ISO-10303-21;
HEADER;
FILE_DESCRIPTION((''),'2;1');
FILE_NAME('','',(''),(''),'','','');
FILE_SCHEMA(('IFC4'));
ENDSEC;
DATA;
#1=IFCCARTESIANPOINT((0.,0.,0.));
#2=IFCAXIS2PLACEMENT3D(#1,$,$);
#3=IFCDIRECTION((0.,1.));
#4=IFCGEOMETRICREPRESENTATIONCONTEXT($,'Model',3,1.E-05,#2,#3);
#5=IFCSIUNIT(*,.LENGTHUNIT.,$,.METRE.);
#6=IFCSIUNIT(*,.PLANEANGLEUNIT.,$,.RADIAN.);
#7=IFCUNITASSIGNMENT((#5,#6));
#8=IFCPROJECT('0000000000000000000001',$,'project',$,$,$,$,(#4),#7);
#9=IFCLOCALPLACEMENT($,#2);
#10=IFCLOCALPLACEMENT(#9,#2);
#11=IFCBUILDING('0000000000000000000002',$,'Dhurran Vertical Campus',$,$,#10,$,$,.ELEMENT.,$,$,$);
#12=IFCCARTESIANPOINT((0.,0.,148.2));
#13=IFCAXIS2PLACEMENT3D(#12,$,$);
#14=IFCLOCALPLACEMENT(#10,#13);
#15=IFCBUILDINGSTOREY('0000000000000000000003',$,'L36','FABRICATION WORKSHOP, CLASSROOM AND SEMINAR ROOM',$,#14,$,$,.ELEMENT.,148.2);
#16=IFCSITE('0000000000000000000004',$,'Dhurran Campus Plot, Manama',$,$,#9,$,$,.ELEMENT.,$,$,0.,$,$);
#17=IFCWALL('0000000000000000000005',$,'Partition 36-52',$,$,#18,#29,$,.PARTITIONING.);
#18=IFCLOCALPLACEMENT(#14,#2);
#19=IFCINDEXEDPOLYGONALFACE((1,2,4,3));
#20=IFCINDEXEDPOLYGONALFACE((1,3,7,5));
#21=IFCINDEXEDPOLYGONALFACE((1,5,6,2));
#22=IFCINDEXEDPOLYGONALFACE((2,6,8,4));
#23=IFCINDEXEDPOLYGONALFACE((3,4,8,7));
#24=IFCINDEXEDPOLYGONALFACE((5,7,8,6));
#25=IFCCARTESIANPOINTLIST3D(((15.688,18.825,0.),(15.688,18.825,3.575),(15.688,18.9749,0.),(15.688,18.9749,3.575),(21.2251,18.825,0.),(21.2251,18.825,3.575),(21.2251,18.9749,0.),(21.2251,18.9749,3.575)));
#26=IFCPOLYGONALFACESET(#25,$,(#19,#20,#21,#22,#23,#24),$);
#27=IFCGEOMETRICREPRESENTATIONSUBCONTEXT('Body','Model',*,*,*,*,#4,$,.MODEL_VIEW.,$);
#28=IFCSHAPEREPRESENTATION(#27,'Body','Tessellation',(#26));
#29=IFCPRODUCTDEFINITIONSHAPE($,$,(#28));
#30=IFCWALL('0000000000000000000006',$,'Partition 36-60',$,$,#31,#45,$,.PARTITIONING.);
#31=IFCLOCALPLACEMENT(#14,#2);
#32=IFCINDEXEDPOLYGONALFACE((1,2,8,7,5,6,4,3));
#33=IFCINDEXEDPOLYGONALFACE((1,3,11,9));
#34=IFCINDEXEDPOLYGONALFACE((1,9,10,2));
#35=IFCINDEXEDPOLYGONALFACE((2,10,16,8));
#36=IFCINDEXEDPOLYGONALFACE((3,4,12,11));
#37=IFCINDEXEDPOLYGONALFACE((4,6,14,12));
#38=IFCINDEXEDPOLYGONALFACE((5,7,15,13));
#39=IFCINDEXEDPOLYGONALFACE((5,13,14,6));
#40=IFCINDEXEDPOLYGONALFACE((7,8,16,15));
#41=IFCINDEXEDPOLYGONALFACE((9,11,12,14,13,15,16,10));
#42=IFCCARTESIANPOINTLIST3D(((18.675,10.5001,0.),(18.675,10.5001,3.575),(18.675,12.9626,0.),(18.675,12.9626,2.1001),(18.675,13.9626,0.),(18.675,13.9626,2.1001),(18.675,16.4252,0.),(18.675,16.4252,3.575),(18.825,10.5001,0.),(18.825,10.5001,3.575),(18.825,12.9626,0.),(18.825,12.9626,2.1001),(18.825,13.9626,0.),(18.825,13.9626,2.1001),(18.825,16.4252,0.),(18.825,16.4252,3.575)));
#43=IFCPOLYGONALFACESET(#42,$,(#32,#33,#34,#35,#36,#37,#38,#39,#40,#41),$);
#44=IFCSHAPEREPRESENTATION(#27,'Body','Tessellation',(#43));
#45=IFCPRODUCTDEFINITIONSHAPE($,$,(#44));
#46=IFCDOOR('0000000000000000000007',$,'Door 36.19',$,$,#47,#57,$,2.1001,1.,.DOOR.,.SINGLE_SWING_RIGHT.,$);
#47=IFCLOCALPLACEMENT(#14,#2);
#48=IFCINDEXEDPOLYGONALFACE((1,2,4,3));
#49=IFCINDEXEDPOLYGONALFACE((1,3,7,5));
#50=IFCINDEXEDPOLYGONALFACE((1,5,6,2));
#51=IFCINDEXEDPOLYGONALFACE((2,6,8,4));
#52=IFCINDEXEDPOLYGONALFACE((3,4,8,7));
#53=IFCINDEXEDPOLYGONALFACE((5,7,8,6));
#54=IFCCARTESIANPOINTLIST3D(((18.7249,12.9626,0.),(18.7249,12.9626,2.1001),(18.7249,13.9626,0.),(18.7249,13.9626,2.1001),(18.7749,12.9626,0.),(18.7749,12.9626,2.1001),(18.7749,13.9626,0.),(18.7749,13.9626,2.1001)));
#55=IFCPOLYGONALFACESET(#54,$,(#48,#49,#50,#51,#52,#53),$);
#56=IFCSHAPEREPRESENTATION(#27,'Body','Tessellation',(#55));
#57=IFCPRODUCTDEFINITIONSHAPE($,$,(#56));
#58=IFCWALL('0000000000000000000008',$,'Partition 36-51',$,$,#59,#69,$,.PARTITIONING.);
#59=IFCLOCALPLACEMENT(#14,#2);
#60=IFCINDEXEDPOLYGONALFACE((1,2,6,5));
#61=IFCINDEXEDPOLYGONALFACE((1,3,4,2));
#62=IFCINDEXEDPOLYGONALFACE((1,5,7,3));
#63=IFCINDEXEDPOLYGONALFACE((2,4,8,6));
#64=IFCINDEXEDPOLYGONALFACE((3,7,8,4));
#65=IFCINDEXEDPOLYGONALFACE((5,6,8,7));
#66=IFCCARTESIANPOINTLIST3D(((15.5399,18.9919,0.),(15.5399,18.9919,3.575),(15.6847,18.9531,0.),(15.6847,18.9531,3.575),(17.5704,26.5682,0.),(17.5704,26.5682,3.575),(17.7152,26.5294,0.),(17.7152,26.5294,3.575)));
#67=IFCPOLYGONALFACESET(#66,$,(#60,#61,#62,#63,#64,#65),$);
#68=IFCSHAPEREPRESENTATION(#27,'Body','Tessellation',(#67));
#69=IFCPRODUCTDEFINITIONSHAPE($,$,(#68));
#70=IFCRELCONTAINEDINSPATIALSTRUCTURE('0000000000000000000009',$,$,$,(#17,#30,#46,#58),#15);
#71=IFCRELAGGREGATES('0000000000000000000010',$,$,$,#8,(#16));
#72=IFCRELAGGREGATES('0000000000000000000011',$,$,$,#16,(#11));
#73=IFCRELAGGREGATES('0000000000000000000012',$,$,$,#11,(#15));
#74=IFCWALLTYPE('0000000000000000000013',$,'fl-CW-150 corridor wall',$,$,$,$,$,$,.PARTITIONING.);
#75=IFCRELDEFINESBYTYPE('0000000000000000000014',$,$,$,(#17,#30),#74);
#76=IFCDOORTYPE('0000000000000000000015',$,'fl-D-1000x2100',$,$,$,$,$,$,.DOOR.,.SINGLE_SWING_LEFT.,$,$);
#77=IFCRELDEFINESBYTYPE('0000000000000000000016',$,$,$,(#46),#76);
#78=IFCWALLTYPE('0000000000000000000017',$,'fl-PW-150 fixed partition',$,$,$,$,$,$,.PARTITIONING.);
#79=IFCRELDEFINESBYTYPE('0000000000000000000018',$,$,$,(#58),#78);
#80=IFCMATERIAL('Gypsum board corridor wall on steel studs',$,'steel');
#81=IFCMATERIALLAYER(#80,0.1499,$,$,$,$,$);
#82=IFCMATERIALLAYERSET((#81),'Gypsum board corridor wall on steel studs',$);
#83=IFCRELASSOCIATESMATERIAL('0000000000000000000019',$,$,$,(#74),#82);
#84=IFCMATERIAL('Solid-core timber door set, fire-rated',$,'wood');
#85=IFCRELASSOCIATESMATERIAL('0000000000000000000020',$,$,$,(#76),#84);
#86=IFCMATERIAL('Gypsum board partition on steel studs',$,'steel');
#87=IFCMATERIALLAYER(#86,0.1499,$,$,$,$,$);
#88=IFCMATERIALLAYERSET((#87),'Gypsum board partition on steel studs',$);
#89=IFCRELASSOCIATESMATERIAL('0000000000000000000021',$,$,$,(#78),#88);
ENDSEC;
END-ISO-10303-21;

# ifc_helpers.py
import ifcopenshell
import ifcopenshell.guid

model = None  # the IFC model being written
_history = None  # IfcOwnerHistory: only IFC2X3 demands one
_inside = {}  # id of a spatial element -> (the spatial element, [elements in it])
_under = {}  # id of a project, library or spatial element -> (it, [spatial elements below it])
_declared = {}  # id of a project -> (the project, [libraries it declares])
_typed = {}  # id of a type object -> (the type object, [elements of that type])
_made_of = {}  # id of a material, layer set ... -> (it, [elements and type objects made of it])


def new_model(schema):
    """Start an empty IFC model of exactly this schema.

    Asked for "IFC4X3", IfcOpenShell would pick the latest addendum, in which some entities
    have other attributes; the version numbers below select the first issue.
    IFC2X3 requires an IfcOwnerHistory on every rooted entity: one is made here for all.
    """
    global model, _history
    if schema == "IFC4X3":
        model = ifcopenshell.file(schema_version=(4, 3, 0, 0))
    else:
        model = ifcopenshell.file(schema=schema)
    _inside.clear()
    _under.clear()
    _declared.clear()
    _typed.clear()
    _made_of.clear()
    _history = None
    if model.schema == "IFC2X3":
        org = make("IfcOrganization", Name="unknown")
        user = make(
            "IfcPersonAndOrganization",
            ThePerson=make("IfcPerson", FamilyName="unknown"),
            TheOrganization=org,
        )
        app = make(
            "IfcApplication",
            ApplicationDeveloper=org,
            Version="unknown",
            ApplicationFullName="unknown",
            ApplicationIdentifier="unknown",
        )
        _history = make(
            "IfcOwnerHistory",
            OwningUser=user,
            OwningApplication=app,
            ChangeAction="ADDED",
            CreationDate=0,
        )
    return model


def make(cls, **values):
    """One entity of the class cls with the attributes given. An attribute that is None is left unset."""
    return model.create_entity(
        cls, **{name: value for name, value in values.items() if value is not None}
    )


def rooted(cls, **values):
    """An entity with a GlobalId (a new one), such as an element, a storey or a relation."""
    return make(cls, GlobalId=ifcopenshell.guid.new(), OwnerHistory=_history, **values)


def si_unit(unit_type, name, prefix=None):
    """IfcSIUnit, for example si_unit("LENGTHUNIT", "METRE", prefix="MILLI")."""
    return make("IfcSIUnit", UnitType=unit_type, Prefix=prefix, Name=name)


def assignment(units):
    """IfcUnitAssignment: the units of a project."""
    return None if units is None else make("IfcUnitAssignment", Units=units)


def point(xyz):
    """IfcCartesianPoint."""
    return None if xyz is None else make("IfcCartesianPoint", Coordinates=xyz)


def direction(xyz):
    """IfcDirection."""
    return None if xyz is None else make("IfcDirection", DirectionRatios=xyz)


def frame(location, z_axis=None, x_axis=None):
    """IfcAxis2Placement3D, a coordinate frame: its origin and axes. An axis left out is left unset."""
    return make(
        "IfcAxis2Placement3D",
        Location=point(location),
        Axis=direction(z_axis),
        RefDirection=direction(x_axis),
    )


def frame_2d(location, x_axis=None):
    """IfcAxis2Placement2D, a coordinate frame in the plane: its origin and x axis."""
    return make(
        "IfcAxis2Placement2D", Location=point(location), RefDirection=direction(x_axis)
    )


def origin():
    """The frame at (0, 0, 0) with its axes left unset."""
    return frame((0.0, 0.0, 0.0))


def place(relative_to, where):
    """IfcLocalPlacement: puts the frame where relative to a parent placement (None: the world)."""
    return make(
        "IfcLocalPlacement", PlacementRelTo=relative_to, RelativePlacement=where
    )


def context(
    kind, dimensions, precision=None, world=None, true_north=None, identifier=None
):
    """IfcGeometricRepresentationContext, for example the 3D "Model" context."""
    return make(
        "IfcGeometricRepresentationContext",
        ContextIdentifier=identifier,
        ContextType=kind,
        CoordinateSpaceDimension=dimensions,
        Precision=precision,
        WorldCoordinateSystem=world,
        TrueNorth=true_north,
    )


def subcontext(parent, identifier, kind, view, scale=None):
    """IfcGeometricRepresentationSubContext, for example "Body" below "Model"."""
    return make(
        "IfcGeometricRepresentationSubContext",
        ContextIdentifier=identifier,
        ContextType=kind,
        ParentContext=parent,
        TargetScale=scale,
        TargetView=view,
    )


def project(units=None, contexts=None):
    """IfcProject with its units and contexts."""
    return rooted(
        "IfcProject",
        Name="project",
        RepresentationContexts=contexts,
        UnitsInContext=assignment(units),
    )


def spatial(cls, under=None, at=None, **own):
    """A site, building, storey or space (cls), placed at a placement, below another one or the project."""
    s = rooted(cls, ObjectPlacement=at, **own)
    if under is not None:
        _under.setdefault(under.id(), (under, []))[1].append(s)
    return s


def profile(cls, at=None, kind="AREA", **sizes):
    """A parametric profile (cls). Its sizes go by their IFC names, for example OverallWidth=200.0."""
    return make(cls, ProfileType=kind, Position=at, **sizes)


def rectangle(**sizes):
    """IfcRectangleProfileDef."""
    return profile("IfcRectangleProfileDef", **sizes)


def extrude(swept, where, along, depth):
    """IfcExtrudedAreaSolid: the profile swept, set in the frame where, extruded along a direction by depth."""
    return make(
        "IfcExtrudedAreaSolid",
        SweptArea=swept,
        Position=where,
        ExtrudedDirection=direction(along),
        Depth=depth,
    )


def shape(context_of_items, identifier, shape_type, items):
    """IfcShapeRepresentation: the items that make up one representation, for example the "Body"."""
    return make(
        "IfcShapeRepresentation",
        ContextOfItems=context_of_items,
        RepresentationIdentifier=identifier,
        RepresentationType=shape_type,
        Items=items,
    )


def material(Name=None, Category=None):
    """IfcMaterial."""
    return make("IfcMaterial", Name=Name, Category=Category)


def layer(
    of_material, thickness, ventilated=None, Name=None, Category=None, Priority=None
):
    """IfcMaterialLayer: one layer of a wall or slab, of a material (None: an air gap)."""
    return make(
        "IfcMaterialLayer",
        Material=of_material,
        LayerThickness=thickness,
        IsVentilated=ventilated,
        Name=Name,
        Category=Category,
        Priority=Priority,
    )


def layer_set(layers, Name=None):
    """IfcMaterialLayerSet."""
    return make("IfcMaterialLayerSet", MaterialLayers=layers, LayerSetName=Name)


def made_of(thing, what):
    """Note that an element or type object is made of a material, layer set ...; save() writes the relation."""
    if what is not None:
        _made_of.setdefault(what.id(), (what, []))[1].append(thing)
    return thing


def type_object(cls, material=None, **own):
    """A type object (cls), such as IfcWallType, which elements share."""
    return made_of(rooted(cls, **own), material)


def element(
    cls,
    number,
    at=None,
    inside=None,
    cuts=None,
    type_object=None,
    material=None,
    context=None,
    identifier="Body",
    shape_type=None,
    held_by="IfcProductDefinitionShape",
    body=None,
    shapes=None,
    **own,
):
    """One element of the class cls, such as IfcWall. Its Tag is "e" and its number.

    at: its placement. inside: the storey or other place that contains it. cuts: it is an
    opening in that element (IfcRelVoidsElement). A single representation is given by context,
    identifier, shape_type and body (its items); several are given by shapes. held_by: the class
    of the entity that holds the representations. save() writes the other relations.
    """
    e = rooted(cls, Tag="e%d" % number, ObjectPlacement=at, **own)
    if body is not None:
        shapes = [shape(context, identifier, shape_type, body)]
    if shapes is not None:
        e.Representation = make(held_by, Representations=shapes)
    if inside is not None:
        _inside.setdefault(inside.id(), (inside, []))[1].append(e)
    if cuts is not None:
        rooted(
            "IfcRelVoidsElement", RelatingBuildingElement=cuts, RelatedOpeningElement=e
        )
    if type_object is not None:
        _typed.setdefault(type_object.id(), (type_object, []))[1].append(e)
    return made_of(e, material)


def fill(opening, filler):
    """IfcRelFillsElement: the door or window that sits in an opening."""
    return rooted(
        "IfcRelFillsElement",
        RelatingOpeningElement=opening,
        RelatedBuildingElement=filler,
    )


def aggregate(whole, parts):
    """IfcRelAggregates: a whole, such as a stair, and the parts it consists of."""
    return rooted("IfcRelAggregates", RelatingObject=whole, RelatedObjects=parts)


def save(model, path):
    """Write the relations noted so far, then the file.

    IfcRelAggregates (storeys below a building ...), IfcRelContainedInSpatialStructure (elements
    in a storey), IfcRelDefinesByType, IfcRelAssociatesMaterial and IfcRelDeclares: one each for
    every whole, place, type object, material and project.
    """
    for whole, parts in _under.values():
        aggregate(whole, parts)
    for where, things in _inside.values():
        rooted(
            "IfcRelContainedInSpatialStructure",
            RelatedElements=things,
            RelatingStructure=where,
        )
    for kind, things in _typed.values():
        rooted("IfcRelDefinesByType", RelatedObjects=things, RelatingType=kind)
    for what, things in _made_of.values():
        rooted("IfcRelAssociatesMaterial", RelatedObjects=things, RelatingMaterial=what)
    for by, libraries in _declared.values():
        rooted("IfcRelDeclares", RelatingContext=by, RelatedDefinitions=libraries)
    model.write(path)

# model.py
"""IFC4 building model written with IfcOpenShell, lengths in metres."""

from ifc_helpers import new_model, si_unit, direction, frame, frame_2d, origin, place, context, subcontext, project, spatial, rectangle, extrude, material, layer, layer_set, type_object, element, fill, save


model = new_model("IFC4")

# Units and contexts
model_context = context("Model", 3, precision=1e-05, world=origin(), true_north=direction((0.0, 1.0)))
body_context = subcontext(model_context, "Body", "Model", "MODEL_VIEW")
ifc_project = project(units=[si_unit("LENGTHUNIT", "METRE"), si_unit("PLANEANGLEUNIT", "RADIAN")], contexts=[model_context])

# Site, building, storey
site_placement = place(None, origin())
site = spatial("IfcSite", under=ifc_project, at=site_placement, Name="Dhurran Campus Plot, Manama", CompositionType="ELEMENT", RefElevation=0.0)
building_placement = place(site_placement, origin())
building = spatial("IfcBuilding", under=site, at=building_placement, Name="Dhurran Vertical Campus", CompositionType="ELEMENT")
storey_placement = place(building_placement, frame((0.0, 0.0, 148.2)))
storey = spatial("IfcBuildingStorey", under=building, at=storey_placement, Name="L36", Description="FABRICATION WORKSHOP, CLASSROOM AND SEMINAR ROOM", CompositionType="ELEMENT", Elevation=148.2)

# Shared definitions
ifc_material_1 = material(Name="Gypsum board corridor wall on steel studs", Category="steel")
ifc_layer_1 = layer(ifc_material_1, 0.1499)
ifc_layer_set_1 = layer_set([ifc_layer_1], Name="Gypsum board corridor wall on steel studs")
wall_type_1 = type_object("IfcWallType", Name="fl-CW-150 corridor wall", PredefinedType="PARTITIONING", material=ifc_layer_set_1)
ifc_material_2 = material(Name="Solid-core timber door set, fire-rated", Category="wood")
door_type = type_object("IfcDoorType", Name="fl-D-1000x2100", OperationType="SINGLE_SWING_LEFT", PredefinedType="DOOR", material=ifc_material_2)

# Wall
wall_1_placement = place(storey_placement, frame((21.2251, 18.8999, 0.0), z_axis=(0.0, 0.0, 1.0), x_axis=(-1.0, 0.0, 0.0)))
element("IfcWall", 1, at=wall_1_placement, inside=storey, type_object=wall_type_1, Name="Partition 36-52", PredefinedType="PARTITIONING", context=body_context, shape_type="SweptSolid", body=[
    extrude(rectangle(XDim=5.5371, YDim=0.1499, at=frame_2d((2.7686, 0.0))), origin(), (0.0, 0.0, 1.0), 3.575),
])

# Wall, opening, door
wall_2_placement = place(storey_placement, frame((18.75, 16.425, 0.0), z_axis=(0.0, 0.0, 1.0), x_axis=(0.0, -1.0, 0.0)))
wall_2 = element("IfcWall", 2, at=wall_2_placement, inside=storey, type_object=wall_type_1, Name="Partition 36-60", PredefinedType="PARTITIONING", context=body_context, shape_type="SweptSolid", body=[
    extrude(rectangle(XDim=5.925, YDim=0.1499, at=frame_2d((2.9624, 0.0))), origin(), (0.0, 0.0, 1.0), 3.575),
])
opening_1_placement = place(wall_2_placement, frame((2.4624, 0.0, 0.0)))
opening_1 = element("IfcOpeningElement", 3, at=opening_1_placement, cuts=wall_2, PredefinedType="OPENING", context=body_context, shape_type="SweptSolid", body=[
    extrude(rectangle(XDim=1.0, YDim=2.1001, at=frame_2d((0.5, 1.05))), frame((0.0, 0.085, 0.0), z_axis=(0.0, -1.0, 0.0), x_axis=(1.0, 0.0, 0.0)), (0.0, 0.0, 1.0), 0.1699),
])
door_1_placement = place(opening_1_placement, origin())
door_1 = element("IfcDoor", 4, at=door_1_placement, inside=storey, type_object=door_type, Name="Door 36.19", OperationType="SINGLE_SWING_RIGHT", OverallHeight=2.1001, OverallWidth=1.0, PredefinedType="DOOR", context=body_context, shape_type="SweptSolid", body=[
    extrude(rectangle(XDim=1.0, YDim=2.1001, at=frame_2d((0.5, 1.05))), frame((0.0, 0.0249, 0.0), z_axis=(0.0, -1.0, 0.0), x_axis=(1.0, 0.0, 0.0)), (0.0, 0.0, 1.0), 0.05),
])
fill(opening_1, door_1)

# Wall
ifc_material_3 = material(Name="Gypsum board partition on steel studs", Category="steel")
ifc_layer_2 = layer(ifc_material_3, 0.1499)
ifc_layer_set_2 = layer_set([ifc_layer_2], Name="Gypsum board partition on steel studs")
wall_type_2 = type_object("IfcWallType", Name="fl-PW-150 fixed partition", PredefinedType="PARTITIONING", material=ifc_layer_set_2)
wall_3_placement = place(storey_placement, frame((17.6428, 26.5488, 0.0), z_axis=(0.0, 0.0, 1.0), x_axis=(-0.258869, -0.965912, 0.0)))
element("IfcWall", 5, at=wall_3_placement, inside=storey, type_object=wall_type_2, Name="Partition 36-51", PredefinedType="PARTITIONING", context=body_context, shape_type="SweptSolid", body=[
    extrude(rectangle(XDim=7.8438, YDim=0.1499, at=frame_2d((3.9219, 0.0))), origin(), (0.0, 0.0, 1.0), 3.575),
])

save(model, "model.ifc")
